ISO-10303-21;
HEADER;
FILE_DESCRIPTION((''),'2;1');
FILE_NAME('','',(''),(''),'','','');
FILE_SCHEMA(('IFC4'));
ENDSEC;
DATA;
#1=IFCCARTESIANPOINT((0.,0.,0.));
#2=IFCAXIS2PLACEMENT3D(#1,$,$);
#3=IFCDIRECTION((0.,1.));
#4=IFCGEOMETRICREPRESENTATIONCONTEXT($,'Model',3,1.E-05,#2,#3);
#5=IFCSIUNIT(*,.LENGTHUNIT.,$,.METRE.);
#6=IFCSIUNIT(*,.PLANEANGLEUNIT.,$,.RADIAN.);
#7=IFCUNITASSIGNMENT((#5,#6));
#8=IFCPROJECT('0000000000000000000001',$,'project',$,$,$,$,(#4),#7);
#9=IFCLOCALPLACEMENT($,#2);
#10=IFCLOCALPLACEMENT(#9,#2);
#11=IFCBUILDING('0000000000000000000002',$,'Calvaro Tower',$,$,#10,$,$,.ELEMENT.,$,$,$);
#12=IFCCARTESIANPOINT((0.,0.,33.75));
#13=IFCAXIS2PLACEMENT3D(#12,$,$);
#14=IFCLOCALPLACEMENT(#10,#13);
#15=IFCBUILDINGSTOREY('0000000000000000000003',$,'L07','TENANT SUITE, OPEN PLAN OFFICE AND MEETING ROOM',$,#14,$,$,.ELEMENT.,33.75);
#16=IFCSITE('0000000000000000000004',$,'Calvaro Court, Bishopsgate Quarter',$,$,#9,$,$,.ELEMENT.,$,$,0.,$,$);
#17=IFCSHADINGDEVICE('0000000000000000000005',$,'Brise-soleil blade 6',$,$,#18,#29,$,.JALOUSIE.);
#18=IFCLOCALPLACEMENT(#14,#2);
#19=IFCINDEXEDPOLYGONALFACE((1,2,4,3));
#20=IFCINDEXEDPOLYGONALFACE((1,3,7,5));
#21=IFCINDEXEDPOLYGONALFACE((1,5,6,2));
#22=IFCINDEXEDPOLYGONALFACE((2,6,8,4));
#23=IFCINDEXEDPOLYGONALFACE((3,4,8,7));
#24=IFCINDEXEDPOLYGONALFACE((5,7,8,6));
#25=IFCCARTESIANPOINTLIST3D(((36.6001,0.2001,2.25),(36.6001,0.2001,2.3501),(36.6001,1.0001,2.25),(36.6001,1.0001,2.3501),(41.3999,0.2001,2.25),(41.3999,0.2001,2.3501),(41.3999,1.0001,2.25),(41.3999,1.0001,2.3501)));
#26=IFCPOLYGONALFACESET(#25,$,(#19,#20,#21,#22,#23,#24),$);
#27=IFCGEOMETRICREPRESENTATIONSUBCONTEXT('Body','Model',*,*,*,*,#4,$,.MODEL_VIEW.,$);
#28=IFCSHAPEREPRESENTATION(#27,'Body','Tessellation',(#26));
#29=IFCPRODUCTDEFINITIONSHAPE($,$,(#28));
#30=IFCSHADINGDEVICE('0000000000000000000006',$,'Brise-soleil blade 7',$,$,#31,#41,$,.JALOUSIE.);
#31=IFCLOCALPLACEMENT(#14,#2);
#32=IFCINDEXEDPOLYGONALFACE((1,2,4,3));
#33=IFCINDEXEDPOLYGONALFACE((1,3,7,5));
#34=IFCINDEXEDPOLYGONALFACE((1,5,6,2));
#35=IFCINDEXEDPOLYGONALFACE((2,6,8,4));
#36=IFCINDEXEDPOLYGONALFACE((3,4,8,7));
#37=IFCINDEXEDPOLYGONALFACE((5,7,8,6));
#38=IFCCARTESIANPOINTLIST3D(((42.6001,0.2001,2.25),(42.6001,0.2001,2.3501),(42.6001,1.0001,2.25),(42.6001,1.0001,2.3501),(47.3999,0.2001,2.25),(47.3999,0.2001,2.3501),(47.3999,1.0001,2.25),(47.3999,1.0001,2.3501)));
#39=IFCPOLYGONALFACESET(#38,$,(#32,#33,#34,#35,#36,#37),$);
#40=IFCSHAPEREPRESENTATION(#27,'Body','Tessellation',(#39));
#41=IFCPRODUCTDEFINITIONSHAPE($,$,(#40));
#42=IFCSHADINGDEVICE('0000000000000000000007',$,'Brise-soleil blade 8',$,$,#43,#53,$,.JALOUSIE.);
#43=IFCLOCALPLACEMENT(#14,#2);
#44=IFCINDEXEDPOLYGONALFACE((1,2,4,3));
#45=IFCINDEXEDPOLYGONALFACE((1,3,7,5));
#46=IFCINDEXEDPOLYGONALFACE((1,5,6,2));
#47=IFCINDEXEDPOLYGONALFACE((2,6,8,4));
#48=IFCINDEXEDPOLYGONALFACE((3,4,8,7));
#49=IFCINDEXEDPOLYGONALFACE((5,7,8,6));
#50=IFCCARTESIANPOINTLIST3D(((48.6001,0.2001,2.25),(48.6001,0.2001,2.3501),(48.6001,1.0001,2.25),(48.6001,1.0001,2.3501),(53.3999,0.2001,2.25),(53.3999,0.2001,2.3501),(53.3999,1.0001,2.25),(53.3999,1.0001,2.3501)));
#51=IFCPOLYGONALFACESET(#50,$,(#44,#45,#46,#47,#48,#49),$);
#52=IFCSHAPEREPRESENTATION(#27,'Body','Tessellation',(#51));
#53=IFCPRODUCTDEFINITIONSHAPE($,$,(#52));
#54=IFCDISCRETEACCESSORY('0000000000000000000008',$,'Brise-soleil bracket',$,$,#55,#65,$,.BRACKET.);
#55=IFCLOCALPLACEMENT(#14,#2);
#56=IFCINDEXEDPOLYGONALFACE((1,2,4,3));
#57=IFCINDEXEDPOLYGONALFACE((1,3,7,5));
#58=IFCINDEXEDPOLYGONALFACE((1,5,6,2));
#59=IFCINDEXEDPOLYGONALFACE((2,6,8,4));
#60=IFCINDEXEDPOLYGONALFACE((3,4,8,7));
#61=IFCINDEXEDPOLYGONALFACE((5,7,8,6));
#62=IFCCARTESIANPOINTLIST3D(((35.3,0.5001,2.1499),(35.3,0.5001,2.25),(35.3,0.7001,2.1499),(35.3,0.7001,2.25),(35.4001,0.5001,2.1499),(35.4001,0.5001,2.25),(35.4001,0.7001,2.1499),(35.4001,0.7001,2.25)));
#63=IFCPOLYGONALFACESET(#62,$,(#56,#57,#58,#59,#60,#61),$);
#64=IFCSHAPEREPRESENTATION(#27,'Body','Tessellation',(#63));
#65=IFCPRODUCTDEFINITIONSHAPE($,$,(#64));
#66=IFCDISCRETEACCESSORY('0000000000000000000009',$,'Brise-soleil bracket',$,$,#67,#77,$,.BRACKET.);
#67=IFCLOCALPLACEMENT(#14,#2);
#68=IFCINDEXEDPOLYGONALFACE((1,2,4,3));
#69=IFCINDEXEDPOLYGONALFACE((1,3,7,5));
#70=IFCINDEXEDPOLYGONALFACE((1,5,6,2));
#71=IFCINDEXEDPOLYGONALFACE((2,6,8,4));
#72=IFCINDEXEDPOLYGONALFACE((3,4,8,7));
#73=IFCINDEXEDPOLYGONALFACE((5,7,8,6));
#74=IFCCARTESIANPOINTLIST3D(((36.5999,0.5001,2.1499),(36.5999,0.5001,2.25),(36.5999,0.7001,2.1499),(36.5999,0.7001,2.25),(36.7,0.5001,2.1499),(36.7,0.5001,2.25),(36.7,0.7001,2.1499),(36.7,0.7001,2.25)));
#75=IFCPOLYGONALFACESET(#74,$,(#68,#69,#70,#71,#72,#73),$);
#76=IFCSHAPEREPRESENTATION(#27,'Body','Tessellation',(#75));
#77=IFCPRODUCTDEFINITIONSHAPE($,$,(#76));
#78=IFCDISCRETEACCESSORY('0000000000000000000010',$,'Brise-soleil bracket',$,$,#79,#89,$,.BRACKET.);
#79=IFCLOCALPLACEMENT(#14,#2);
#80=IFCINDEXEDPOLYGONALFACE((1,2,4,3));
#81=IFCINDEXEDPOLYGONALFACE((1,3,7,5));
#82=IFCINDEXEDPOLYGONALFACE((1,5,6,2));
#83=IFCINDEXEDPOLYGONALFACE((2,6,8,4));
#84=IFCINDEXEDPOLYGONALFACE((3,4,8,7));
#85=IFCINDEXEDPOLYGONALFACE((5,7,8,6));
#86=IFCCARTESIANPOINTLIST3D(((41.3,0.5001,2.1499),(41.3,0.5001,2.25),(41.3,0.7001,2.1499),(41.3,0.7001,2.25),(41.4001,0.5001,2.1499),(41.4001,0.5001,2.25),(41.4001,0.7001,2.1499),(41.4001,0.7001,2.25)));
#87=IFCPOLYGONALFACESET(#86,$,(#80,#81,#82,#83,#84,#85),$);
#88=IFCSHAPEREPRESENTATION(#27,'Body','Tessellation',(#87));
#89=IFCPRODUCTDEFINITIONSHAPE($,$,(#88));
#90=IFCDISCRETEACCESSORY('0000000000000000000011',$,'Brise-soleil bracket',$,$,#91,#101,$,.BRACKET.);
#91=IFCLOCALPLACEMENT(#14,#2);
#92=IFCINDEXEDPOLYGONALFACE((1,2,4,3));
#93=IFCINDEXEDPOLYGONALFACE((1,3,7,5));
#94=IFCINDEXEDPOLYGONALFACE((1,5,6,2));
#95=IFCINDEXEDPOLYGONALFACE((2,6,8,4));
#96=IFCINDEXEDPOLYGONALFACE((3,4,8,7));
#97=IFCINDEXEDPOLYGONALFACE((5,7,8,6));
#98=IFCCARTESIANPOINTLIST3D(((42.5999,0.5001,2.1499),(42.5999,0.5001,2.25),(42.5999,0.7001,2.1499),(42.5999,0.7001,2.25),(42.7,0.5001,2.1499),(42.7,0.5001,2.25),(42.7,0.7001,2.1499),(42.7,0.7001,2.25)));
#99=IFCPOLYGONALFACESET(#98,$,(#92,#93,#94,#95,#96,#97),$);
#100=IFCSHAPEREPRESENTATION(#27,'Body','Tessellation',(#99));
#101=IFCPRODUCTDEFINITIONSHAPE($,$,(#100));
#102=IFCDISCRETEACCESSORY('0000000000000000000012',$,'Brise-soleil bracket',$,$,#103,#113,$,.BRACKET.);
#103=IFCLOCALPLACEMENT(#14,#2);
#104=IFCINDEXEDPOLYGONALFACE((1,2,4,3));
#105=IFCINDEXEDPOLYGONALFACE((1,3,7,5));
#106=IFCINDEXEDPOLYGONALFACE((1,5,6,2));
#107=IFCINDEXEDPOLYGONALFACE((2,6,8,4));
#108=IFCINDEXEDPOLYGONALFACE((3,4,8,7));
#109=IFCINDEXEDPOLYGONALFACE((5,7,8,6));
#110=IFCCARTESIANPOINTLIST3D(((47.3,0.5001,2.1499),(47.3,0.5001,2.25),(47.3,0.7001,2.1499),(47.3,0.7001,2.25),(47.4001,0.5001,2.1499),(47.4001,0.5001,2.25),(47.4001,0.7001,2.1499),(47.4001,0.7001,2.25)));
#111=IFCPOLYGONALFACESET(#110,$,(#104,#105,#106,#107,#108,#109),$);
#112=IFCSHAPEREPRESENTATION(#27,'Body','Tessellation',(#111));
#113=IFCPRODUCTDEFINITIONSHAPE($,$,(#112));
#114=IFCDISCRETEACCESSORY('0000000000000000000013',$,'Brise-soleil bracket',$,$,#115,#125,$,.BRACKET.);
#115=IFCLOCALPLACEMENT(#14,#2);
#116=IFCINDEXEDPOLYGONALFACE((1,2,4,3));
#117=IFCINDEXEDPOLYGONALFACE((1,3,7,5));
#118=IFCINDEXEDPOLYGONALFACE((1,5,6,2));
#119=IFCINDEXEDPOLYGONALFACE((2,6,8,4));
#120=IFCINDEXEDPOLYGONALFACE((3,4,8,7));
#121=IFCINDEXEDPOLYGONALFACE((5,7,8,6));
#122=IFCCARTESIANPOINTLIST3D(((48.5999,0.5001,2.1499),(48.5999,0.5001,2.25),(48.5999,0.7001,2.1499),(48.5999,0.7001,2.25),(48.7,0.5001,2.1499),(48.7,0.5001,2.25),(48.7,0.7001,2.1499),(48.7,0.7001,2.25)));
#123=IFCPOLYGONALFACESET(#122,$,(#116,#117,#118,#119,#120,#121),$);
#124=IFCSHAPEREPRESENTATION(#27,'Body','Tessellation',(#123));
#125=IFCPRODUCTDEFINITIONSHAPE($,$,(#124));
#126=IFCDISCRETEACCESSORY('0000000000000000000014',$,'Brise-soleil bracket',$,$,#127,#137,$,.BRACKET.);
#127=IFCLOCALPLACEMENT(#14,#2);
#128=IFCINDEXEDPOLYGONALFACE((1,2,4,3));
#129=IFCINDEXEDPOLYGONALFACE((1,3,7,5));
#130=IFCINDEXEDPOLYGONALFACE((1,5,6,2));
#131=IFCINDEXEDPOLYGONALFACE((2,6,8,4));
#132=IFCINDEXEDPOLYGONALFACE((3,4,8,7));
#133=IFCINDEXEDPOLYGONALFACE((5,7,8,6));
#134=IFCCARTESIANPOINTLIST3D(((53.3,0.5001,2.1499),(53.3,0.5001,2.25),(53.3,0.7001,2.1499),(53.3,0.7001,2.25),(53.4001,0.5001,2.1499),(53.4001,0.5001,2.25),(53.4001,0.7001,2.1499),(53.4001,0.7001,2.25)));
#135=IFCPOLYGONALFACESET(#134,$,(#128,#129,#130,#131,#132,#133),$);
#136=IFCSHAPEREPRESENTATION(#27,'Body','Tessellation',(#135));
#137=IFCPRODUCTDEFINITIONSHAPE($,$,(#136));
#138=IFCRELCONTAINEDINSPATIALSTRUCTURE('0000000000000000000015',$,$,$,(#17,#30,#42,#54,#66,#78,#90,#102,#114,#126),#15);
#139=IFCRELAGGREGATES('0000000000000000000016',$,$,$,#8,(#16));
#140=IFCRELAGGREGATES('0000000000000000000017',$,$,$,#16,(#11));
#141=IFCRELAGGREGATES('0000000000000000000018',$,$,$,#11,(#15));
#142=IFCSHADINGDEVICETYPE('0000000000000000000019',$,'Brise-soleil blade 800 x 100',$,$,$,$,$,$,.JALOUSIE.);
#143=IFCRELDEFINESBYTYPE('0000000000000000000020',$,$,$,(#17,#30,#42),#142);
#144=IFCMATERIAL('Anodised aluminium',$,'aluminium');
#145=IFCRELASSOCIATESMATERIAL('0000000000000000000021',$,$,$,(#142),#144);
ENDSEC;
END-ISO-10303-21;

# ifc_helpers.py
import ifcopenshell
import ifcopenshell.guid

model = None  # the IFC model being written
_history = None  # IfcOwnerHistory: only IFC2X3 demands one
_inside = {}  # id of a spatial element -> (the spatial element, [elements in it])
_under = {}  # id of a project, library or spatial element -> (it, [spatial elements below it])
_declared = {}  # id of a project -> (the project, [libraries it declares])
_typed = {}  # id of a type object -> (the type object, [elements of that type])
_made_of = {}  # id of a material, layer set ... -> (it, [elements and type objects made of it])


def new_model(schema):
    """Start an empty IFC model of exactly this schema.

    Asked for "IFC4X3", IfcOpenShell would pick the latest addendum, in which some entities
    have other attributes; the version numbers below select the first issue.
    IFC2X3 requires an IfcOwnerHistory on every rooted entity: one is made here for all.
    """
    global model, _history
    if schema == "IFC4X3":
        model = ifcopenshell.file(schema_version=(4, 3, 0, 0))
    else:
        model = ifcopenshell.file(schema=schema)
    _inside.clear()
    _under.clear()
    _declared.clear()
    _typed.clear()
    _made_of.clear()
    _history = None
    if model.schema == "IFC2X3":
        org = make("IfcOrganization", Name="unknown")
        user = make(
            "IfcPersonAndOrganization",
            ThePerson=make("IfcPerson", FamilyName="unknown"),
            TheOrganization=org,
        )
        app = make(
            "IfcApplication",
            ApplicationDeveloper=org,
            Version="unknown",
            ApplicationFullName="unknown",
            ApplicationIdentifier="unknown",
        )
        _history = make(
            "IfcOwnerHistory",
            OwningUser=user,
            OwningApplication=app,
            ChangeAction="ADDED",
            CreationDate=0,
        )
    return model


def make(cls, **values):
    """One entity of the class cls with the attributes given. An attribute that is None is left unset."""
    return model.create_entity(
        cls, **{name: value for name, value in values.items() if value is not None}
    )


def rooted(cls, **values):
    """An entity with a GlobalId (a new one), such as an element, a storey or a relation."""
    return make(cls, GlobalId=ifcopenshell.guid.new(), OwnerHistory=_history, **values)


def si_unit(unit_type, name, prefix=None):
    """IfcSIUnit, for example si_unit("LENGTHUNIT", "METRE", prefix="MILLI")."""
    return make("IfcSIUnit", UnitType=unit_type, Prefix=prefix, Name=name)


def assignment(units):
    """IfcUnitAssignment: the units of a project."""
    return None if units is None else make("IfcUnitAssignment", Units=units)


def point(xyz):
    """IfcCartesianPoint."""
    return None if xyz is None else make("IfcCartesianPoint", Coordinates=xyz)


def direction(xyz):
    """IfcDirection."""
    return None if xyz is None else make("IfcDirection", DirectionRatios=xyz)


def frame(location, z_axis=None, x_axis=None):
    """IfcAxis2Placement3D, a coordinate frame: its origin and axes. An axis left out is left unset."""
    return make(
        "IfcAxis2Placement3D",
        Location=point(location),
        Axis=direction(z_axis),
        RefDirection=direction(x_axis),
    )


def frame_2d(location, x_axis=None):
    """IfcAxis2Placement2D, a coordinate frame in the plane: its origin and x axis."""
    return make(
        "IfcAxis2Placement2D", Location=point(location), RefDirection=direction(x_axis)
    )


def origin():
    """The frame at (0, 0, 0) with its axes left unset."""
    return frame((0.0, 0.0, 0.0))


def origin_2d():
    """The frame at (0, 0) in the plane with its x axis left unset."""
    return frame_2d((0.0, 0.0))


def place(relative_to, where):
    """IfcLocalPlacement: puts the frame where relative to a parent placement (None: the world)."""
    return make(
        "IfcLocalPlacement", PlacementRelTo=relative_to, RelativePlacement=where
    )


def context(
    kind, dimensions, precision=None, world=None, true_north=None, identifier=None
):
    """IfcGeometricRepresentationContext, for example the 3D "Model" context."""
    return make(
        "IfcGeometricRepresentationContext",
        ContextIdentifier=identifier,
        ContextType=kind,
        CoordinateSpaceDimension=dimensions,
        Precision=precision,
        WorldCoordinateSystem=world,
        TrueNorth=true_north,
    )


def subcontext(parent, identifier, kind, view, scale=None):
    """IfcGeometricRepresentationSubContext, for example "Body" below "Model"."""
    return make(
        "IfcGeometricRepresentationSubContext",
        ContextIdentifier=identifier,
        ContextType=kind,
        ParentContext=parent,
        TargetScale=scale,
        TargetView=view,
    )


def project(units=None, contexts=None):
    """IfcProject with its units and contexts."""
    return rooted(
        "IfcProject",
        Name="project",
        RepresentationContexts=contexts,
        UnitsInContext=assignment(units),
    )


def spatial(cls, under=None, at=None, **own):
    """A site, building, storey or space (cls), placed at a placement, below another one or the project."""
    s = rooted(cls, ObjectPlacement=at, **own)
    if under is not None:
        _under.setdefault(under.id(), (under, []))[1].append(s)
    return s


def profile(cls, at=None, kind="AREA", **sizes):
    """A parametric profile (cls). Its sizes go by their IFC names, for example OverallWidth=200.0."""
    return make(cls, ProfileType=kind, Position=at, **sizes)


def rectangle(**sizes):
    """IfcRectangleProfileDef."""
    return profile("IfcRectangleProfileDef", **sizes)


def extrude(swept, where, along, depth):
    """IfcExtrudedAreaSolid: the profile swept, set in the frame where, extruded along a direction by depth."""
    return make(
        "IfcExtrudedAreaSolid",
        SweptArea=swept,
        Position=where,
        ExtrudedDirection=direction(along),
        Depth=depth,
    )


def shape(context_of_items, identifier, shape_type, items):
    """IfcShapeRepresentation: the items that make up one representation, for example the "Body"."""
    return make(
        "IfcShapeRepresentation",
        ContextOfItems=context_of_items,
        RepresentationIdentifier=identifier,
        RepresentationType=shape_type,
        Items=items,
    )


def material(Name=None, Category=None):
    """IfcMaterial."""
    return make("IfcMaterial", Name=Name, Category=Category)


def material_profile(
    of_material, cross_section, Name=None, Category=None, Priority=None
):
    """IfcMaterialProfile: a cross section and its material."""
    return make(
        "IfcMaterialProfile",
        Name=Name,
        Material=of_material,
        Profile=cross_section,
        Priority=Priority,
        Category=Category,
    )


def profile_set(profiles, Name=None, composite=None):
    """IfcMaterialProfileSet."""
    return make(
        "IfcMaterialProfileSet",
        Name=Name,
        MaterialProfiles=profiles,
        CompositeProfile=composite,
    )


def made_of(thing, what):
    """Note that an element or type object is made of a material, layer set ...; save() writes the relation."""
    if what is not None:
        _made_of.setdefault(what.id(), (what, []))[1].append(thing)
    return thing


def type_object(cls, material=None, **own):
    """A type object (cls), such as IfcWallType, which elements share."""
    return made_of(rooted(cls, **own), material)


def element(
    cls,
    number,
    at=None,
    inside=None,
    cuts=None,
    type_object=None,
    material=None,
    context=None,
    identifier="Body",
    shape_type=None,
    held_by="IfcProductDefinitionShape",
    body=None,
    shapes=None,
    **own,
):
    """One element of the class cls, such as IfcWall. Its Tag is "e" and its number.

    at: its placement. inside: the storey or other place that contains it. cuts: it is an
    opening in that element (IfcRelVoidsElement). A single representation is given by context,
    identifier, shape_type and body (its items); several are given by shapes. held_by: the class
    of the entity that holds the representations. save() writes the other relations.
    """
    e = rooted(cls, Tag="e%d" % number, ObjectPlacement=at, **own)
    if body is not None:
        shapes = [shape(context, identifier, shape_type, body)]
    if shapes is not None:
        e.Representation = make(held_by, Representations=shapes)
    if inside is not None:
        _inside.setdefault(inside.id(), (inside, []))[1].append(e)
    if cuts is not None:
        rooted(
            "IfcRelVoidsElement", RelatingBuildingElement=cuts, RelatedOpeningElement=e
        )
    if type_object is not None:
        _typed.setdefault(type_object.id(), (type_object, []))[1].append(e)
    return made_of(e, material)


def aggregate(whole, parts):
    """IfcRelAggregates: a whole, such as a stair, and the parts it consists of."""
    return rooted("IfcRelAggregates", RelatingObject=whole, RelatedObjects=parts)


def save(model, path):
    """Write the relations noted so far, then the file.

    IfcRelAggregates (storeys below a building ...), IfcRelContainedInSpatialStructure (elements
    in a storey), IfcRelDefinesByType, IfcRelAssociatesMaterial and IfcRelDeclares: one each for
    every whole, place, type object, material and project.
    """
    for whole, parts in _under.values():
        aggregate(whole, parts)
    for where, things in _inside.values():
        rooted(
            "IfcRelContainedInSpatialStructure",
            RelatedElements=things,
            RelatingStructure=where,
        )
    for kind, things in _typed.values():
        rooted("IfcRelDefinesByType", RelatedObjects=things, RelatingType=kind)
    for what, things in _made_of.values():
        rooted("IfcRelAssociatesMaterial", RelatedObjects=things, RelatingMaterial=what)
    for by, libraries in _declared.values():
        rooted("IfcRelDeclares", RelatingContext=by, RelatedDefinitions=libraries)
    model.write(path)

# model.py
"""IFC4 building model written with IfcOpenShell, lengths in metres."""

from ifc_helpers import new_model, si_unit, direction, frame, origin, origin_2d, place, context, subcontext, project, spatial, rectangle, extrude, material, material_profile, profile_set, type_object, element, save


model = new_model("IFC4")

# Units and contexts
model_context = context("Model", 3, precision=1e-05, world=origin(), true_north=direction((0.0, 1.0)))
body_context = subcontext(model_context, "Body", "Model", "MODEL_VIEW")
ifc_project = project(units=[si_unit("LENGTHUNIT", "METRE"), si_unit("PLANEANGLEUNIT", "RADIAN")], contexts=[model_context])

# Site, building, storey
site_placement = place(None, origin())
site = spatial("IfcSite", under=ifc_project, at=site_placement, Name="Calvaro Court, Bishopsgate Quarter", CompositionType="ELEMENT", RefElevation=0.0)
building_placement = place(site_placement, origin())
building = spatial("IfcBuilding", under=site, at=building_placement, Name="Calvaro Tower", CompositionType="ELEMENT")
storey_placement = place(building_placement, frame((0.0, 0.0, 33.75)))
storey = spatial("IfcBuildingStorey", under=building, at=storey_placement, Name="L07", Description="TENANT SUITE, OPEN PLAN OFFICE AND MEETING ROOM", CompositionType="ELEMENT", Elevation=33.75)

# Shading devices
ifc_material_1 = material(Name="Anodised aluminium", Category="aluminium")
ifc_material_profile_1 = material_profile(ifc_material_1, rectangle(XDim=0.8, YDim=0.1001, at=origin_2d()), Name="Brise-soleil blade 800 x 100")
ifc_profile_set_1 = profile_set([ifc_material_profile_1], Name="Anodised aluminium")
shading_device_type = type_object("IfcShadingDeviceType", Name="Brise-soleil blade 800 x 100", PredefinedType="JALOUSIE", material=ifc_profile_set_1)
for number, where, z_axis, x_axis, name in (
    (1, (36.6001, 0.6001, 2.3), (1.0, 0.0, 0.0), (0.0, 1.0, 0.0), "Brise-soleil blade 6"),
    (2, (42.6001, 0.6001, 2.3), (1.0, 0.0, 0.0), (0.0, 1.0, 0.0), "Brise-soleil blade 7"),
    (3, (48.6001, 0.6001, 2.3), (1.0, 0.0, 0.0), (0.0, 1.0, 0.0), "Brise-soleil blade 8"),
):
    element("IfcShadingDevice", number, at=place(storey_placement, frame(where, z_axis=z_axis, x_axis=x_axis)), inside=storey, type_object=shading_device_type, Name=name, PredefinedType="JALOUSIE", context=body_context, shape_type="SweptSolid", body=[
        extrude(rectangle(XDim=0.8, YDim=0.1001, at=origin_2d()), origin(), (0.0, 0.0, 1.0), 4.7998),
    ])

# Discrete accessories
for number, where, z_axis, x_axis, name in (
    (4, (35.3501, 0.6001, 2.1499), (0.0, 0.0, 1.0), (1.0, 0.0, 0.0), "Brise-soleil bracket"),
    (5, (36.6499, 0.6001, 2.1499), (0.0, 0.0, 1.0), (1.0, 0.0, 0.0), "Brise-soleil bracket"),
    (6, (41.3501, 0.6001, 2.1499), (0.0, 0.0, 1.0), (1.0, 0.0, 0.0), "Brise-soleil bracket"),
    (7, (42.6499, 0.6001, 2.1499), (0.0, 0.0, 1.0), (1.0, 0.0, 0.0), "Brise-soleil bracket"),
    (8, (47.3501, 0.6001, 2.1499), (0.0, 0.0, 1.0), (1.0, 0.0, 0.0), "Brise-soleil bracket"),
    (9, (48.6499, 0.6001, 2.1499), (0.0, 0.0, 1.0), (1.0, 0.0, 0.0), "Brise-soleil bracket"),
    (10, (53.3501, 0.6001, 2.1499), (0.0, 0.0, 1.0), (1.0, 0.0, 0.0), "Brise-soleil bracket"),
):
    element("IfcDiscreteAccessory", number, at=place(storey_placement, frame(where, z_axis=z_axis, x_axis=x_axis)), inside=storey, Name=name, PredefinedType="BRACKET", context=body_context, shape_type="SweptSolid", body=[
        extrude(rectangle(XDim=0.1001, YDim=0.2, at=origin_2d()), origin(), (0.0, 0.0, 1.0), 0.1001),
    ])

save(model, "model.ifc")
